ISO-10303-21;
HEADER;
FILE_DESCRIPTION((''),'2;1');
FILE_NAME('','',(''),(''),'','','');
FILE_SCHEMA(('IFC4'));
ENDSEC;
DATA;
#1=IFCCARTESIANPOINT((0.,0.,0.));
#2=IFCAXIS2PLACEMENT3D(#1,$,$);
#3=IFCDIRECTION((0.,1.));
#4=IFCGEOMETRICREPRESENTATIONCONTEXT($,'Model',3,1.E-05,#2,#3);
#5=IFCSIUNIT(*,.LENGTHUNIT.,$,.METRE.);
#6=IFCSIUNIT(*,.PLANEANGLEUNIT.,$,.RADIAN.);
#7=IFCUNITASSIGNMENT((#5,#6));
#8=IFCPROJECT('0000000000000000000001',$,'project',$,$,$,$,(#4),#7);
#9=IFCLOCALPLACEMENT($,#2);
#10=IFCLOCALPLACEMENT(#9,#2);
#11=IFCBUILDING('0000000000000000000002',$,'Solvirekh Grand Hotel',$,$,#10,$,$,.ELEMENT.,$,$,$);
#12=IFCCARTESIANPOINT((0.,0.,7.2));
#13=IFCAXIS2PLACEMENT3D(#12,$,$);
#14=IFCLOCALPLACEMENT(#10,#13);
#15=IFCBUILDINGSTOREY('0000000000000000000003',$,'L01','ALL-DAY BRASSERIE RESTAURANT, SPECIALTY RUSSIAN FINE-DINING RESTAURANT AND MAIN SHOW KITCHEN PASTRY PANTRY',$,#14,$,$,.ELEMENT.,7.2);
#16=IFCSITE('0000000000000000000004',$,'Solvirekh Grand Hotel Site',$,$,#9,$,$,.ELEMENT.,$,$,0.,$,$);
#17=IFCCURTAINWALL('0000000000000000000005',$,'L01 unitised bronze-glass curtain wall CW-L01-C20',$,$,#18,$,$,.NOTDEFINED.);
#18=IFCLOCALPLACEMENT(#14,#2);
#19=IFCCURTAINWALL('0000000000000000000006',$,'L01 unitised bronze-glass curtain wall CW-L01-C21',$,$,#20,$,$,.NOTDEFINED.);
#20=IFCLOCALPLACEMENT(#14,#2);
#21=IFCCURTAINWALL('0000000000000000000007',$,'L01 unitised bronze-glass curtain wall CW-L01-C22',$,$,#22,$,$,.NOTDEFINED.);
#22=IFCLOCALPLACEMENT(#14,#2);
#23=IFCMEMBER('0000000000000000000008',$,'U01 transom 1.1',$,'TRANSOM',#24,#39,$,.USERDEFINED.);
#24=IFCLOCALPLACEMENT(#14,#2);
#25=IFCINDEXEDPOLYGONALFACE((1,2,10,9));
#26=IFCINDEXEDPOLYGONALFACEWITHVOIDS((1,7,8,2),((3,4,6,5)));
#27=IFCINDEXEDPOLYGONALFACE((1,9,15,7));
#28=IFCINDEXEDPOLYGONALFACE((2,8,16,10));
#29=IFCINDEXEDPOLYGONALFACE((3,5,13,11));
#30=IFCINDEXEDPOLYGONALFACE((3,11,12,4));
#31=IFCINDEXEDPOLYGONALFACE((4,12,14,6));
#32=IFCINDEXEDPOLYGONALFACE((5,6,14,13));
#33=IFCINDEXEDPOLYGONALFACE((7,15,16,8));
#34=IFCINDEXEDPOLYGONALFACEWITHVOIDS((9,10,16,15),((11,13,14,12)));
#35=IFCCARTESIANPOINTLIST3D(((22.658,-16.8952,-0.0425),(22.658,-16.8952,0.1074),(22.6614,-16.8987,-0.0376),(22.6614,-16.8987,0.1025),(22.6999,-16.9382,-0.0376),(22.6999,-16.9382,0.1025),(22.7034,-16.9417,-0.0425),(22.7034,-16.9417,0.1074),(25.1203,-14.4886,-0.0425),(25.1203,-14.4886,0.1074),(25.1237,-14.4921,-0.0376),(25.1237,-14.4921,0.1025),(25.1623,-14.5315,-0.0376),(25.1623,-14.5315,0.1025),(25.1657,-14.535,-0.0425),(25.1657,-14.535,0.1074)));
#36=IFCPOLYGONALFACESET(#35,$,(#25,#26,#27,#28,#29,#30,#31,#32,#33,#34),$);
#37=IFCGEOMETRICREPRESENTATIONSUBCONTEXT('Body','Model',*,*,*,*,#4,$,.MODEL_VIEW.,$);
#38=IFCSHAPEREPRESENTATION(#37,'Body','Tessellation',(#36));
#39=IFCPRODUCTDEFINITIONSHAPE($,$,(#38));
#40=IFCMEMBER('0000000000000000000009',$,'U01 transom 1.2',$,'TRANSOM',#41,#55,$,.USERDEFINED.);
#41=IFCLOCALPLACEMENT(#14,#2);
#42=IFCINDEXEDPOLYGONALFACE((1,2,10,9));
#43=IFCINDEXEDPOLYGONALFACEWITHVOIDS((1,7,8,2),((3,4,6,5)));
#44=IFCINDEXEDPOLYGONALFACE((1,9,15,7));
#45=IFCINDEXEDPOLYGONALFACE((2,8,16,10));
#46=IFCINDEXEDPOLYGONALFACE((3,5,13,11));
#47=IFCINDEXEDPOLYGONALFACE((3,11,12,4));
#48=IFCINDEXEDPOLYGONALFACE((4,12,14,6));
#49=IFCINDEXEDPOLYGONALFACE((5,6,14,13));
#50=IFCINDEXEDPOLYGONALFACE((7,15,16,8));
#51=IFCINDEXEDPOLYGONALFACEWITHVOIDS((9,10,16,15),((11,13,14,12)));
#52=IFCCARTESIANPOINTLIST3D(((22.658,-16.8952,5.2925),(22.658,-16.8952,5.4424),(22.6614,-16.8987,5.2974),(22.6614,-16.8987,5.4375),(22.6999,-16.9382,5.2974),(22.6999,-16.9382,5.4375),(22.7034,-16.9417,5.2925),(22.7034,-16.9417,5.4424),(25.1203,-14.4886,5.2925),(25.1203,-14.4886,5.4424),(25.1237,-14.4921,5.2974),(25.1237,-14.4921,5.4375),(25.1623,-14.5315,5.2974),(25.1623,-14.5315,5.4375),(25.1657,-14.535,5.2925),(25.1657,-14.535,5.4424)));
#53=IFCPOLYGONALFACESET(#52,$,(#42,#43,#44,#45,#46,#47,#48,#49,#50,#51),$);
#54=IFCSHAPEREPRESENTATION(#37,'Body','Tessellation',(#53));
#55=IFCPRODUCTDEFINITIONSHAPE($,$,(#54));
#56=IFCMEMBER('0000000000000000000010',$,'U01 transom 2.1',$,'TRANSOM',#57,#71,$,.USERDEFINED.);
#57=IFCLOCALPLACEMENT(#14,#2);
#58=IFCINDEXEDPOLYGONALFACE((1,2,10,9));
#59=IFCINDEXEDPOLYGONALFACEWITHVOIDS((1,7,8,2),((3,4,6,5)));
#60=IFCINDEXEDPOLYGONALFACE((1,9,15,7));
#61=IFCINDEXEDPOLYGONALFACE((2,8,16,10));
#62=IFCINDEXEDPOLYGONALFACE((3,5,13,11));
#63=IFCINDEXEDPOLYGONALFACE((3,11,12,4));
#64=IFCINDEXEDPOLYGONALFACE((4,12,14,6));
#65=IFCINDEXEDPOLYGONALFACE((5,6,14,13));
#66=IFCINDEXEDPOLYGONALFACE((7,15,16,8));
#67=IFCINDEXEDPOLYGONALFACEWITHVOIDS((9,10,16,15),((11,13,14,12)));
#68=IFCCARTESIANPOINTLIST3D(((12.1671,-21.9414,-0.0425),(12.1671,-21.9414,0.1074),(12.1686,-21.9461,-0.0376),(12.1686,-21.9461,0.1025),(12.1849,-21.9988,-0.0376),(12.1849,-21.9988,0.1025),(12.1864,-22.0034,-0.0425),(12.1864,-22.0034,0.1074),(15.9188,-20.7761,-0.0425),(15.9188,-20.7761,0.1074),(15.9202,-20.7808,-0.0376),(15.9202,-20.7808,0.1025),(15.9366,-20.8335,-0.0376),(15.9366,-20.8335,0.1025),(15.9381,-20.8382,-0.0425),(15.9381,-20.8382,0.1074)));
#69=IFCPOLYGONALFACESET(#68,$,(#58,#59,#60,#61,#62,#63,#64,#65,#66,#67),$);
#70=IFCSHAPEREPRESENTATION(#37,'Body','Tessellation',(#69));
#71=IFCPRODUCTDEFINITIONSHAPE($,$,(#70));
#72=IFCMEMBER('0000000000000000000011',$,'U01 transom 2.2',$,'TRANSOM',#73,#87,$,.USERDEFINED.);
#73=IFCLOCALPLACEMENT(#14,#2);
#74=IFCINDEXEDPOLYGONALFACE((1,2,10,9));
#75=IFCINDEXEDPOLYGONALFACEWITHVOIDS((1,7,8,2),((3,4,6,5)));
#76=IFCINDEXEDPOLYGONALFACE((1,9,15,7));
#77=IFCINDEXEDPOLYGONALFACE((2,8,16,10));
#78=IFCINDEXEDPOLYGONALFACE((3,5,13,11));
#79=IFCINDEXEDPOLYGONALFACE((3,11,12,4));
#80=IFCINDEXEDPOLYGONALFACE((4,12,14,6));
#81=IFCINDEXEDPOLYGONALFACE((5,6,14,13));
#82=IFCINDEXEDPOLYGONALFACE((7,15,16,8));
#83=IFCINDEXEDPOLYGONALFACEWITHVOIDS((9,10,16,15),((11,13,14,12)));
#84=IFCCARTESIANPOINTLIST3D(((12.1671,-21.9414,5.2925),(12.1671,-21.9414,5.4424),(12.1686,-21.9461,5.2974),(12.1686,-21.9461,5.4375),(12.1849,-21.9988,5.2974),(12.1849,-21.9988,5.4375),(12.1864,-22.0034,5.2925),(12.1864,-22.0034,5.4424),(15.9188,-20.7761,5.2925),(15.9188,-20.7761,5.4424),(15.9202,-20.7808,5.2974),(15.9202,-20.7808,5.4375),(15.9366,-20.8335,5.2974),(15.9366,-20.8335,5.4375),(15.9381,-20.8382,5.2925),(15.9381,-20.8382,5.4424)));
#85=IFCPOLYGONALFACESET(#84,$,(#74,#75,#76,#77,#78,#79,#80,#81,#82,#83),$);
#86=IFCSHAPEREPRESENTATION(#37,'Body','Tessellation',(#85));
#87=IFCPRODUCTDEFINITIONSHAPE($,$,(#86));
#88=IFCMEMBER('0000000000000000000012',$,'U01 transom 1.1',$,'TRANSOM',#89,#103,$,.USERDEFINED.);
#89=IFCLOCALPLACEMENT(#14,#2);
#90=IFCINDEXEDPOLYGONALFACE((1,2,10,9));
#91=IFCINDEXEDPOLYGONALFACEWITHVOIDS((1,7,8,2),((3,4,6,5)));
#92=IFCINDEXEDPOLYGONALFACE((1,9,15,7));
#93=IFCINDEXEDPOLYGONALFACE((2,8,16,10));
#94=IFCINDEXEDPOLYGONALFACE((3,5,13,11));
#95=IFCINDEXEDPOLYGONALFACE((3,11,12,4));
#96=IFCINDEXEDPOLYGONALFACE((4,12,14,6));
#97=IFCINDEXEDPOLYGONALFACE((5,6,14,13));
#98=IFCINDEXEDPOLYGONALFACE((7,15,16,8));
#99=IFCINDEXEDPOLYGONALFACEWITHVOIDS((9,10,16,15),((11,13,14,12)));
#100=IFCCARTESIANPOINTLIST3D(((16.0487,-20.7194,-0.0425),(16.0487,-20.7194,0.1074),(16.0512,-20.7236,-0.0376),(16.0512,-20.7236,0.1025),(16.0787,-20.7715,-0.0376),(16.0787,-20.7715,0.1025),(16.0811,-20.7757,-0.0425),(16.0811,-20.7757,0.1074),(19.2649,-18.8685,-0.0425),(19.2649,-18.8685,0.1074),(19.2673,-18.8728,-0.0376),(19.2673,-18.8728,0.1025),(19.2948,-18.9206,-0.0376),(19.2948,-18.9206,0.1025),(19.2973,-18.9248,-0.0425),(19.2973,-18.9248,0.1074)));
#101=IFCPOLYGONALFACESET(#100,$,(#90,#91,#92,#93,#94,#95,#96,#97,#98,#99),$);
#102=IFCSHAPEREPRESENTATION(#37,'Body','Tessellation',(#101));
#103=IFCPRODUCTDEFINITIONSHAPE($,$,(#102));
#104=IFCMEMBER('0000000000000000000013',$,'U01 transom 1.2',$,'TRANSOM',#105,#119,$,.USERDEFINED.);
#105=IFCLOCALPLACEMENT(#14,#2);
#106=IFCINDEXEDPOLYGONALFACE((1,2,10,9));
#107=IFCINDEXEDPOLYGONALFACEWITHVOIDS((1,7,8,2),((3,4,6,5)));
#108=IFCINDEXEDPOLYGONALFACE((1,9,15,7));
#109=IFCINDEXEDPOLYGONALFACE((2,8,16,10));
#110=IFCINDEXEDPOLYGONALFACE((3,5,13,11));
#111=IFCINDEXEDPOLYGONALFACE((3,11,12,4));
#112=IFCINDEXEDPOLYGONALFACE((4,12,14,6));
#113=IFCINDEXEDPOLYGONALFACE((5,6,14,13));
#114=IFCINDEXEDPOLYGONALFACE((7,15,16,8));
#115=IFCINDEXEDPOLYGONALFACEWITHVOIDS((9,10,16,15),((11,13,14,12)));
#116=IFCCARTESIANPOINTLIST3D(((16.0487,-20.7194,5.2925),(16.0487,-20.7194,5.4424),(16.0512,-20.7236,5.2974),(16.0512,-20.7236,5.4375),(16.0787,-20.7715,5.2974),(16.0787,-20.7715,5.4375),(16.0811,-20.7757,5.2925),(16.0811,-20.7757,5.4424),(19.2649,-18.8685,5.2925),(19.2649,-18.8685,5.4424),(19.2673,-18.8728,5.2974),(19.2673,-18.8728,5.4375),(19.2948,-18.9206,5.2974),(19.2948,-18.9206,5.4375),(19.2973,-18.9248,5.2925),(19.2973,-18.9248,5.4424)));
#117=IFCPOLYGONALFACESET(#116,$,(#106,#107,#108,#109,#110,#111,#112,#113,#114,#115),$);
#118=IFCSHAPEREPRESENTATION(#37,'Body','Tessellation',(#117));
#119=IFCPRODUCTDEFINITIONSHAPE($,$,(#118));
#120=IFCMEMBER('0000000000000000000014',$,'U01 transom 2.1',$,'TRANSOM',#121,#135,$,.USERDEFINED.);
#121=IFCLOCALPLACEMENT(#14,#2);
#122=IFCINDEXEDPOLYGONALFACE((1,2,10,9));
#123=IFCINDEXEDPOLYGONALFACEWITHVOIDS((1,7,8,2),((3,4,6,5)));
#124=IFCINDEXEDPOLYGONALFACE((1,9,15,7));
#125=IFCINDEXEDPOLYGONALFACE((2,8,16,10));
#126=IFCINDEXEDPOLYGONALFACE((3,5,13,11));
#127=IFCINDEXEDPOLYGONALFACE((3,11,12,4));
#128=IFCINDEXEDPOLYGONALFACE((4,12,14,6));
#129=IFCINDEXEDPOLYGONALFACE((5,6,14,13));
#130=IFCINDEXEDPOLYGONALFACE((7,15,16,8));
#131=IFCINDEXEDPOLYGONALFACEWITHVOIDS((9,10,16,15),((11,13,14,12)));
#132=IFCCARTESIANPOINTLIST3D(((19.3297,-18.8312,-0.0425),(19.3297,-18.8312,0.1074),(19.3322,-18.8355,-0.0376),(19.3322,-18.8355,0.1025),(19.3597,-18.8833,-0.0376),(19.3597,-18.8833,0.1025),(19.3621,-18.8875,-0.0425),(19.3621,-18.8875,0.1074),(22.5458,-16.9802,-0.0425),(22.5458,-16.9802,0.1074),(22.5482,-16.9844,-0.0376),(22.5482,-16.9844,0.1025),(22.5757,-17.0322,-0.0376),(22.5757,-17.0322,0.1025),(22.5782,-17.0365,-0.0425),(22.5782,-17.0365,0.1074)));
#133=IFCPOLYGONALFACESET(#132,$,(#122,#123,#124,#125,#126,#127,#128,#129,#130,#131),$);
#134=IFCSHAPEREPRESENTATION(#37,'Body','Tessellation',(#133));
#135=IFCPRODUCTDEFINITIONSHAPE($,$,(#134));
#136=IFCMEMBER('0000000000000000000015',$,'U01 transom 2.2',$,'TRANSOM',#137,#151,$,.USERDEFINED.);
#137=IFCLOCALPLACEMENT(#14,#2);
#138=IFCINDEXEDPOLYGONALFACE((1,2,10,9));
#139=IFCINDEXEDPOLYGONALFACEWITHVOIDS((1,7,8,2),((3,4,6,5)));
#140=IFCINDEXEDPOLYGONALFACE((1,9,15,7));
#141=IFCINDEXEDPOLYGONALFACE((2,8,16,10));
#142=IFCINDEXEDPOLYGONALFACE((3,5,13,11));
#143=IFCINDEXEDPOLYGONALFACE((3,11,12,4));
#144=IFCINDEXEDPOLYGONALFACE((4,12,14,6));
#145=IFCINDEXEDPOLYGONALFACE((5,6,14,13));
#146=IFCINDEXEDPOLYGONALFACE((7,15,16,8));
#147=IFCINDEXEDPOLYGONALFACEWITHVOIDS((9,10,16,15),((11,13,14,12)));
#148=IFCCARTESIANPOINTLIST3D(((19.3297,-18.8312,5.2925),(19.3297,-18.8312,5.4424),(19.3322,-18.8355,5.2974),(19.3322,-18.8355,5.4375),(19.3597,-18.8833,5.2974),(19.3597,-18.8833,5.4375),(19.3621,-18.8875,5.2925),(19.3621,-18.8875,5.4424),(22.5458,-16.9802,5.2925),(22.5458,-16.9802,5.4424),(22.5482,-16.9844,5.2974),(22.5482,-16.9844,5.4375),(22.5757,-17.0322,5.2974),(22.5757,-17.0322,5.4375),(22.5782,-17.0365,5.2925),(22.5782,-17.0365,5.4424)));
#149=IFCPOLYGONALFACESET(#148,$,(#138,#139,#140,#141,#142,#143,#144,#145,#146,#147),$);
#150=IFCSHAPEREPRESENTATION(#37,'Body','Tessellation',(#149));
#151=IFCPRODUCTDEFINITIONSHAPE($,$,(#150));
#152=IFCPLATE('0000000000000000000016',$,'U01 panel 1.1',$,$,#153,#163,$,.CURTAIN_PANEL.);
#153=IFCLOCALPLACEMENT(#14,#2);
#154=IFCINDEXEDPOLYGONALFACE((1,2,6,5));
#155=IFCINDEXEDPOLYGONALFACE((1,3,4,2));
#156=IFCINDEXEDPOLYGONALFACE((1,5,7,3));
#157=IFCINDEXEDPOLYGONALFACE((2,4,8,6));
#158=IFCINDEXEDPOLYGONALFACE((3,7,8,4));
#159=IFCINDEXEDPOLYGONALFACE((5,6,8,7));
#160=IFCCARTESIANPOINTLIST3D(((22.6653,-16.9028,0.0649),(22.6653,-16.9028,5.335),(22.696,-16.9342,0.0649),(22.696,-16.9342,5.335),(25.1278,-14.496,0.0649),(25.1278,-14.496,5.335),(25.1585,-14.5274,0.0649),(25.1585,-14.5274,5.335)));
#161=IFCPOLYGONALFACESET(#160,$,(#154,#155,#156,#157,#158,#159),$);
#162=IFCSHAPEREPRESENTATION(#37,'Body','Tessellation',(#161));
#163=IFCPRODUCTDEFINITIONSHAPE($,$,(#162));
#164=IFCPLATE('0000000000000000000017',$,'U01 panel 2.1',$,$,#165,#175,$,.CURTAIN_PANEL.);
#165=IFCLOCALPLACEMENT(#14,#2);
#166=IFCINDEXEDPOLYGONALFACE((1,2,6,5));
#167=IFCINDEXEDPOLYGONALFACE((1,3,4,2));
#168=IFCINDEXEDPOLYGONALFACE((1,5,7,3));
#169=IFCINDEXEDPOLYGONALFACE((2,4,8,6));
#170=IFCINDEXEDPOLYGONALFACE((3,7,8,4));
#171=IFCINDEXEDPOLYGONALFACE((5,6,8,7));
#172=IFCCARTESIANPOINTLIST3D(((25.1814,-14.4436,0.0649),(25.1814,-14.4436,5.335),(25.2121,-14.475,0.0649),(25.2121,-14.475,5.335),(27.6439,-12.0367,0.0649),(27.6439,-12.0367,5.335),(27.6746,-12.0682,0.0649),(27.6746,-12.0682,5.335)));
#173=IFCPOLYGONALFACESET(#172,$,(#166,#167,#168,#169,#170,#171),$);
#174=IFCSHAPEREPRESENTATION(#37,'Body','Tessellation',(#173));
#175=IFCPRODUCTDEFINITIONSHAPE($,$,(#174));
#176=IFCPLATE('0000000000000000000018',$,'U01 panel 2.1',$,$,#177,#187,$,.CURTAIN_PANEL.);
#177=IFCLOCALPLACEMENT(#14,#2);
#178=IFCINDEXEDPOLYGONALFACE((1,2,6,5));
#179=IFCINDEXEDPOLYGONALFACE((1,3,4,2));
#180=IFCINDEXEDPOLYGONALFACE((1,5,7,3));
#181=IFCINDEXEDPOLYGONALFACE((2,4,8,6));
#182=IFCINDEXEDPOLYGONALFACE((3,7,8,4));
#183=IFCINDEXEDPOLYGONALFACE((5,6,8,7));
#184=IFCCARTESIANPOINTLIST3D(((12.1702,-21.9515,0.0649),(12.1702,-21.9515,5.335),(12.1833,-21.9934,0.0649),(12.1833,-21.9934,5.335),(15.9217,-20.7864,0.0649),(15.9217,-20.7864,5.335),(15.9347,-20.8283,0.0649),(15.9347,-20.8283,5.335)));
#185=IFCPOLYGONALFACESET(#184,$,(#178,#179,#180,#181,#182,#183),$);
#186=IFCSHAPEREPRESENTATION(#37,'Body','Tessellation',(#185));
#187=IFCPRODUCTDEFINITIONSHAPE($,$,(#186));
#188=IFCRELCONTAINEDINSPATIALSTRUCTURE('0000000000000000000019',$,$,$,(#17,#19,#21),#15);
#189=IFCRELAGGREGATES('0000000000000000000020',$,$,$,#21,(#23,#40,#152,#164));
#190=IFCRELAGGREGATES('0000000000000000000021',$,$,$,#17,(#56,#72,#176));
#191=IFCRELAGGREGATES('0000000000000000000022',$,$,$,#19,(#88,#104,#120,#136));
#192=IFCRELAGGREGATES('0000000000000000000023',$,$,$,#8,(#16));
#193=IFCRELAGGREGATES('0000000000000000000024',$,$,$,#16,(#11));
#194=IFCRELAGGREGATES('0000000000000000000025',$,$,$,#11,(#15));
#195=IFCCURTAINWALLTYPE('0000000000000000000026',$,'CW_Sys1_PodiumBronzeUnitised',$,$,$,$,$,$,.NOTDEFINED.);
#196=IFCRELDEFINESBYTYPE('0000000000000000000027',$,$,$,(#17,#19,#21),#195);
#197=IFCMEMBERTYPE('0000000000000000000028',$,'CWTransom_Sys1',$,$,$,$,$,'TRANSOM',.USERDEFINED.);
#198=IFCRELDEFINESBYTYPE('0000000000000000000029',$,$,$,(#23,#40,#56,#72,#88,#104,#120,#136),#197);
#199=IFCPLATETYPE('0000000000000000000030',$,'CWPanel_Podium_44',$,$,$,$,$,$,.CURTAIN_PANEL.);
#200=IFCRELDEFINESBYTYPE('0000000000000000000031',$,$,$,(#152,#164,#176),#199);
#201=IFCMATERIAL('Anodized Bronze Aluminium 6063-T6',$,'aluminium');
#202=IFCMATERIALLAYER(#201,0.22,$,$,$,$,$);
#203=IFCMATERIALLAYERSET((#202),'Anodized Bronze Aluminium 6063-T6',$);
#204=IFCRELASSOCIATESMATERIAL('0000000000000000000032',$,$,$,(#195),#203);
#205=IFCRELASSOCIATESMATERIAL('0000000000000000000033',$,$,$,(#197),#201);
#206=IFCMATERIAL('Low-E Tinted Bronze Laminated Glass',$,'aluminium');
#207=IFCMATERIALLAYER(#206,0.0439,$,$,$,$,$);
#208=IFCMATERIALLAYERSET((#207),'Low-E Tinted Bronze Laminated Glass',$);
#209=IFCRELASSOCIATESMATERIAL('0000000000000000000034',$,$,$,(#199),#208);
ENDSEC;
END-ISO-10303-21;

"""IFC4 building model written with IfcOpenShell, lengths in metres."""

from ifc_helpers import new_model, si_unit, direction, frame, origin, origin_2d, place, context, subcontext, project, spatial, rectangle, hollow_rectangle, extrude, source, transform, mapped, material, layer, layer_set, material_profile, profile_set, type_object, element, aggregate, save


model = new_model("IFC4")

# Units and contexts
model_context = context("Model", 3, precision=1e-05, world=origin(), true_north=direction((0.0, 1.0)))
body_context = subcontext(model_context, "Body", "Model", "MODEL_VIEW")
ifc_project = project(units=[si_unit("LENGTHUNIT", "METRE"), si_unit("PLANEANGLEUNIT", "RADIAN")], contexts=[model_context])

# Site, building, storey
site_placement = place(None, origin())
site = spatial("IfcSite", under=ifc_project, at=site_placement, Name="Solvirekh Grand Hotel Site", CompositionType="ELEMENT", RefElevation=0.0)
building_placement = place(site_placement, origin())
building = spatial("IfcBuilding", under=site, at=building_placement, Name="Solvirekh Grand Hotel", CompositionType="ELEMENT")
storey_placement = place(building_placement, frame((0.0, 0.0, 7.2)))
storey = spatial("IfcBuildingStorey", under=building, at=storey_placement, Name="L01", Description="ALL-DAY BRASSERIE RESTAURANT, SPECIALTY RUSSIAN FINE-DINING RESTAURANT AND MAIN SHOW KITCHEN PASTRY PANTRY", CompositionType="ELEMENT", Elevation=7.2)

# Curtain wall
ifc_material_1 = material(Name="Anodized Bronze Aluminium 6063-T6", Category="aluminium")
ifc_layer_1 = layer(ifc_material_1, 0.22)
ifc_layer_set_1 = layer_set([ifc_layer_1], Name="Anodized Bronze Aluminium 6063-T6")
curtain_wall_type = type_object("IfcCurtainWallType", Name="CW_Sys1_PodiumBronzeUnitised", PredefinedType="NOTDEFINED", material=ifc_layer_set_1)
curtain_wall_1_placement = place(storey_placement, origin())
curtain_wall_1 = element("IfcCurtainWall", 1, at=curtain_wall_1_placement, inside=storey, type_object=curtain_wall_type, Name="L01 unitised bronze-glass curtain wall CW-L01-C20", PredefinedType="NOTDEFINED")

# Curtain walls
curtain_wall_2_placement = place(storey_placement, origin())
curtain_wall_2 = element("IfcCurtainWall", 2, at=curtain_wall_2_placement, inside=storey, type_object=curtain_wall_type, Name="L01 unitised bronze-glass curtain wall CW-L01-C21", PredefinedType="NOTDEFINED")
curtain_wall_3_placement = place(storey_placement, origin())
curtain_wall_3 = element("IfcCurtainWall", 3, at=curtain_wall_3_placement, inside=storey, type_object=curtain_wall_type, Name="L01 unitised bronze-glass curtain wall CW-L01-C22", PredefinedType="NOTDEFINED")

# Members
ifc_material_profile_1 = material_profile(ifc_material_1, hollow_rectangle(XDim=0.0649, YDim=0.1499, WallThickness=0.0049, at=origin_2d()), Name="ALU RHS 150X65X5")
ifc_profile_set_1 = profile_set([ifc_material_profile_1], Name="Anodized Bronze Aluminium 6063-T6")
member_type_1 = type_object("IfcMemberType", Name="CWTransom_Sys1", ElementType="TRANSOM", PredefinedType="USERDEFINED", material=ifc_profile_set_1)
shared_shape_1 = source(origin(), body_context, "Body", "SweptSolid", [
    extrude(hollow_rectangle(XDim=0.0649, YDim=0.1499, WallThickness=0.0049, at=origin_2d()), origin(), (0.0, 0.0, 1.0), 3.4431),
])
member_1_placement = place(storey_placement, frame((22.6807, -16.9185, 0.0325), z_axis=(0.715144, 0.698977, 0.0), x_axis=(-0.698977, 0.715144, 0.0)))
member_1 = element("IfcMember", 4, at=member_1_placement, type_object=member_type_1, Name="U01 transom 1.1", ObjectType="TRANSOM", PredefinedType="USERDEFINED", context=body_context, shape_type="MappedRepresentation", body=[
    mapped(shared_shape_1, transform((0.0, 0.0, 0.0), x_axis=(1.0, 0.0, 0.0), y_axis=(0.0, 1.0, 0.0), z_axis=(0.0, 0.0, 1.0), scale=1.0)),
])
member_2_placement = place(storey_placement, frame((22.6807, -16.9185, 5.3674), z_axis=(0.715144, 0.698977, 0.0), x_axis=(-0.698977, 0.715144, 0.0)))
member_2 = element("IfcMember", 5, at=member_2_placement, type_object=member_type_1, Name="U01 transom 1.2", ObjectType="TRANSOM", PredefinedType="USERDEFINED", context=body_context, shape_type="MappedRepresentation", body=[
    mapped(shared_shape_1, transform((0.0, 0.0, 0.0), x_axis=(1.0, 0.0, 0.0), y_axis=(0.0, 1.0, 0.0), z_axis=(0.0, 0.0, 1.0), scale=1.0)),
])
shared_shape_2 = source(origin(), body_context, "Body", "SweptSolid", [
    extrude(hollow_rectangle(XDim=0.0649, YDim=0.1499, WallThickness=0.0049, at=origin_2d()), origin(), (0.0, 0.0, 1.0), 3.9285),
])
member_3_placement = place(storey_placement, frame((12.1768, -21.9724, 0.0325), z_axis=(0.954995, 0.296622, 0.0), x_axis=(-0.296622, 0.954995, 0.0)))
member_3 = element("IfcMember", 6, at=member_3_placement, type_object=member_type_1, Name="U01 transom 2.1", ObjectType="TRANSOM", PredefinedType="USERDEFINED", context=body_context, shape_type="MappedRepresentation", body=[
    mapped(shared_shape_2, transform((0.0, 0.0, 0.0), x_axis=(1.0, 0.0, 0.0), y_axis=(0.0, 1.0, 0.0), z_axis=(0.0, 0.0, 1.0), scale=1.0)),
])
member_4_placement = place(storey_placement, frame((12.1768, -21.9724, 5.3674), z_axis=(0.954995, 0.296622, 0.0), x_axis=(-0.296622, 0.954995, 0.0)))
member_4 = element("IfcMember", 7, at=member_4_placement, type_object=member_type_1, Name="U01 transom 2.2", ObjectType="TRANSOM", PredefinedType="USERDEFINED", context=body_context, shape_type="MappedRepresentation", body=[
    mapped(shared_shape_2, transform((0.0, 0.0, 0.0), x_axis=(1.0, 0.0, 0.0), y_axis=(0.0, 1.0, 0.0), z_axis=(0.0, 0.0, 1.0), scale=1.0)),
])
shared_shape_3 = source(origin(), body_context, "Body", "SweptSolid", [
    extrude(hollow_rectangle(XDim=0.0649, YDim=0.1499, WallThickness=0.0049, at=origin_2d()), origin(), (0.0, 0.0, 1.0), 3.7107),
])
member_5_placement = place(storey_placement, frame((16.0649, -20.7476, 0.0325), z_axis=(0.866721, 0.498794, 0.0), x_axis=(-0.498794, 0.866721, 0.0)))
member_5 = element("IfcMember", 8, at=member_5_placement, type_object=member_type_1, Name="U01 transom 1.1", ObjectType="TRANSOM", PredefinedType="USERDEFINED", context=body_context, shape_type="MappedRepresentation", body=[
    mapped(shared_shape_3, transform((0.0, 0.0, 0.0), x_axis=(1.0, 0.0, 0.0), y_axis=(0.0, 1.0, 0.0), z_axis=(0.0, 0.0, 1.0), scale=1.0)),
])
member_6_placement = place(storey_placement, frame((16.0649, -20.7476, 5.3674), z_axis=(0.866721, 0.498794, 0.0), x_axis=(-0.498794, 0.866721, 0.0)))
member_6 = element("IfcMember", 9, at=member_6_placement, type_object=member_type_1, Name="U01 transom 1.2", ObjectType="TRANSOM", PredefinedType="USERDEFINED", context=body_context, shape_type="MappedRepresentation", body=[
    mapped(shared_shape_3, transform((0.0, 0.0, 0.0), x_axis=(1.0, 0.0, 0.0), y_axis=(0.0, 1.0, 0.0), z_axis=(0.0, 0.0, 1.0), scale=1.0)),
])
member_7_placement = place(storey_placement, frame((19.3459, -18.8594, 0.0325), z_axis=(0.866692, 0.498843, 0.0), x_axis=(-0.498843, 0.866692, 0.0)))
member_7 = element("IfcMember", 10, at=member_7_placement, type_object=member_type_1, Name="U01 transom 2.1", ObjectType="TRANSOM", PredefinedType="USERDEFINED", context=body_context, shape_type="MappedRepresentation", body=[
    mapped(shared_shape_3, transform((0.0, 0.0, 0.0), x_axis=(1.0, 0.0, 0.0), y_axis=(0.0, 1.0, 0.0), z_axis=(0.0, 0.0, 1.0), scale=1.0)),
])
member_8_placement = place(storey_placement, frame((19.3459, -18.8594, 5.3674), z_axis=(0.866692, 0.498843, 0.0), x_axis=(-0.498843, 0.866692, 0.0)))
member_8 = element("IfcMember", 11, at=member_8_placement, type_object=member_type_1, Name="U01 transom 2.2", ObjectType="TRANSOM", PredefinedType="USERDEFINED", context=body_context, shape_type="MappedRepresentation", body=[
    mapped(shared_shape_3, transform((0.0, 0.0, 0.0), x_axis=(1.0, 0.0, 0.0), y_axis=(0.0, 1.0, 0.0), z_axis=(0.0, 0.0, 1.0), scale=1.0)),
])

# Plates
ifc_material_2 = material(Name="Low-E Tinted Bronze Laminated Glass", Category="aluminium")
ifc_layer_2 = layer(ifc_material_2, 0.0439)
ifc_layer_set_2 = layer_set([ifc_layer_2], Name="Low-E Tinted Bronze Laminated Glass")
plate_type = type_object("IfcPlateType", Name="CWPanel_Podium_44", PredefinedType="CURTAIN_PANEL", material=ifc_layer_set_2)
shared_shape_4 = source(origin(), body_context, "Body", "SweptSolid", [
    extrude(rectangle(XDim=3.4434, YDim=0.0439, at=origin_2d()), origin(), (0.0, 0.0, 1.0), 5.27),
])
plate_1_placement = place(storey_placement, frame((23.9119, -15.7151, 0.0649), z_axis=(0.0, 0.0, 1.0), x_axis=(0.715146, 0.698975, 0.0)))
plate_1 = element("IfcPlate", 12, at=plate_1_placement, type_object=plate_type, Name="U01 panel 1.1", PredefinedType="CURTAIN_PANEL", context=body_context, shape_type="MappedRepresentation", body=[
    mapped(shared_shape_4, transform((0.0, 0.0, 0.0), x_axis=(1.0, 0.0, 0.0), y_axis=(0.0, 1.0, 0.0), z_axis=(0.0, 0.0, 1.0), scale=1.0)),
])
plate_2_placement = place(storey_placement, frame((26.428, -13.2559, 0.0649), z_axis=(0.0, 0.0, 1.0), x_axis=(0.715146, 0.698975, 0.0)))
plate_2 = element("IfcPlate", 13, at=plate_2_placement, type_object=plate_type, Name="U01 panel 2.1", PredefinedType="CURTAIN_PANEL", context=body_context, shape_type="MappedRepresentation", body=[
    mapped(shared_shape_4, transform((0.0, 0.0, 0.0), x_axis=(1.0, 0.0, 0.0), y_axis=(0.0, 1.0, 0.0), z_axis=(0.0, 0.0, 1.0), scale=1.0)),
])
aggregate(curtain_wall_3, [member_1, member_2, plate_1, plate_2])
shared_shape_5 = source(origin(), body_context, "Body", "SweptSolid", [
    extrude(rectangle(XDim=3.9282, YDim=0.0439, at=origin_2d()), origin(), (0.0, 0.0, 1.0), 5.27),
])
plate_3_placement = place(storey_placement, frame((14.0525, -21.3899, 0.0649), z_axis=(0.0, 0.0, 1.0), x_axis=(0.955003, 0.296598, 0.0)))
plate_3 = element("IfcPlate", 14, at=plate_3_placement, type_object=plate_type, Name="U01 panel 2.1", PredefinedType="CURTAIN_PANEL", context=body_context, shape_type="MappedRepresentation", body=[
    mapped(shared_shape_5, transform((0.0, 0.0, 0.0), x_axis=(1.0, 0.0, 0.0), y_axis=(0.0, 1.0, 0.0), z_axis=(0.0, 0.0, 1.0), scale=1.0)),
])
aggregate(curtain_wall_1, [member_3, member_4, plate_3])
aggregate(curtain_wall_2, [member_5, member_6, member_7, member_8])

save(model, "model.ifc")
